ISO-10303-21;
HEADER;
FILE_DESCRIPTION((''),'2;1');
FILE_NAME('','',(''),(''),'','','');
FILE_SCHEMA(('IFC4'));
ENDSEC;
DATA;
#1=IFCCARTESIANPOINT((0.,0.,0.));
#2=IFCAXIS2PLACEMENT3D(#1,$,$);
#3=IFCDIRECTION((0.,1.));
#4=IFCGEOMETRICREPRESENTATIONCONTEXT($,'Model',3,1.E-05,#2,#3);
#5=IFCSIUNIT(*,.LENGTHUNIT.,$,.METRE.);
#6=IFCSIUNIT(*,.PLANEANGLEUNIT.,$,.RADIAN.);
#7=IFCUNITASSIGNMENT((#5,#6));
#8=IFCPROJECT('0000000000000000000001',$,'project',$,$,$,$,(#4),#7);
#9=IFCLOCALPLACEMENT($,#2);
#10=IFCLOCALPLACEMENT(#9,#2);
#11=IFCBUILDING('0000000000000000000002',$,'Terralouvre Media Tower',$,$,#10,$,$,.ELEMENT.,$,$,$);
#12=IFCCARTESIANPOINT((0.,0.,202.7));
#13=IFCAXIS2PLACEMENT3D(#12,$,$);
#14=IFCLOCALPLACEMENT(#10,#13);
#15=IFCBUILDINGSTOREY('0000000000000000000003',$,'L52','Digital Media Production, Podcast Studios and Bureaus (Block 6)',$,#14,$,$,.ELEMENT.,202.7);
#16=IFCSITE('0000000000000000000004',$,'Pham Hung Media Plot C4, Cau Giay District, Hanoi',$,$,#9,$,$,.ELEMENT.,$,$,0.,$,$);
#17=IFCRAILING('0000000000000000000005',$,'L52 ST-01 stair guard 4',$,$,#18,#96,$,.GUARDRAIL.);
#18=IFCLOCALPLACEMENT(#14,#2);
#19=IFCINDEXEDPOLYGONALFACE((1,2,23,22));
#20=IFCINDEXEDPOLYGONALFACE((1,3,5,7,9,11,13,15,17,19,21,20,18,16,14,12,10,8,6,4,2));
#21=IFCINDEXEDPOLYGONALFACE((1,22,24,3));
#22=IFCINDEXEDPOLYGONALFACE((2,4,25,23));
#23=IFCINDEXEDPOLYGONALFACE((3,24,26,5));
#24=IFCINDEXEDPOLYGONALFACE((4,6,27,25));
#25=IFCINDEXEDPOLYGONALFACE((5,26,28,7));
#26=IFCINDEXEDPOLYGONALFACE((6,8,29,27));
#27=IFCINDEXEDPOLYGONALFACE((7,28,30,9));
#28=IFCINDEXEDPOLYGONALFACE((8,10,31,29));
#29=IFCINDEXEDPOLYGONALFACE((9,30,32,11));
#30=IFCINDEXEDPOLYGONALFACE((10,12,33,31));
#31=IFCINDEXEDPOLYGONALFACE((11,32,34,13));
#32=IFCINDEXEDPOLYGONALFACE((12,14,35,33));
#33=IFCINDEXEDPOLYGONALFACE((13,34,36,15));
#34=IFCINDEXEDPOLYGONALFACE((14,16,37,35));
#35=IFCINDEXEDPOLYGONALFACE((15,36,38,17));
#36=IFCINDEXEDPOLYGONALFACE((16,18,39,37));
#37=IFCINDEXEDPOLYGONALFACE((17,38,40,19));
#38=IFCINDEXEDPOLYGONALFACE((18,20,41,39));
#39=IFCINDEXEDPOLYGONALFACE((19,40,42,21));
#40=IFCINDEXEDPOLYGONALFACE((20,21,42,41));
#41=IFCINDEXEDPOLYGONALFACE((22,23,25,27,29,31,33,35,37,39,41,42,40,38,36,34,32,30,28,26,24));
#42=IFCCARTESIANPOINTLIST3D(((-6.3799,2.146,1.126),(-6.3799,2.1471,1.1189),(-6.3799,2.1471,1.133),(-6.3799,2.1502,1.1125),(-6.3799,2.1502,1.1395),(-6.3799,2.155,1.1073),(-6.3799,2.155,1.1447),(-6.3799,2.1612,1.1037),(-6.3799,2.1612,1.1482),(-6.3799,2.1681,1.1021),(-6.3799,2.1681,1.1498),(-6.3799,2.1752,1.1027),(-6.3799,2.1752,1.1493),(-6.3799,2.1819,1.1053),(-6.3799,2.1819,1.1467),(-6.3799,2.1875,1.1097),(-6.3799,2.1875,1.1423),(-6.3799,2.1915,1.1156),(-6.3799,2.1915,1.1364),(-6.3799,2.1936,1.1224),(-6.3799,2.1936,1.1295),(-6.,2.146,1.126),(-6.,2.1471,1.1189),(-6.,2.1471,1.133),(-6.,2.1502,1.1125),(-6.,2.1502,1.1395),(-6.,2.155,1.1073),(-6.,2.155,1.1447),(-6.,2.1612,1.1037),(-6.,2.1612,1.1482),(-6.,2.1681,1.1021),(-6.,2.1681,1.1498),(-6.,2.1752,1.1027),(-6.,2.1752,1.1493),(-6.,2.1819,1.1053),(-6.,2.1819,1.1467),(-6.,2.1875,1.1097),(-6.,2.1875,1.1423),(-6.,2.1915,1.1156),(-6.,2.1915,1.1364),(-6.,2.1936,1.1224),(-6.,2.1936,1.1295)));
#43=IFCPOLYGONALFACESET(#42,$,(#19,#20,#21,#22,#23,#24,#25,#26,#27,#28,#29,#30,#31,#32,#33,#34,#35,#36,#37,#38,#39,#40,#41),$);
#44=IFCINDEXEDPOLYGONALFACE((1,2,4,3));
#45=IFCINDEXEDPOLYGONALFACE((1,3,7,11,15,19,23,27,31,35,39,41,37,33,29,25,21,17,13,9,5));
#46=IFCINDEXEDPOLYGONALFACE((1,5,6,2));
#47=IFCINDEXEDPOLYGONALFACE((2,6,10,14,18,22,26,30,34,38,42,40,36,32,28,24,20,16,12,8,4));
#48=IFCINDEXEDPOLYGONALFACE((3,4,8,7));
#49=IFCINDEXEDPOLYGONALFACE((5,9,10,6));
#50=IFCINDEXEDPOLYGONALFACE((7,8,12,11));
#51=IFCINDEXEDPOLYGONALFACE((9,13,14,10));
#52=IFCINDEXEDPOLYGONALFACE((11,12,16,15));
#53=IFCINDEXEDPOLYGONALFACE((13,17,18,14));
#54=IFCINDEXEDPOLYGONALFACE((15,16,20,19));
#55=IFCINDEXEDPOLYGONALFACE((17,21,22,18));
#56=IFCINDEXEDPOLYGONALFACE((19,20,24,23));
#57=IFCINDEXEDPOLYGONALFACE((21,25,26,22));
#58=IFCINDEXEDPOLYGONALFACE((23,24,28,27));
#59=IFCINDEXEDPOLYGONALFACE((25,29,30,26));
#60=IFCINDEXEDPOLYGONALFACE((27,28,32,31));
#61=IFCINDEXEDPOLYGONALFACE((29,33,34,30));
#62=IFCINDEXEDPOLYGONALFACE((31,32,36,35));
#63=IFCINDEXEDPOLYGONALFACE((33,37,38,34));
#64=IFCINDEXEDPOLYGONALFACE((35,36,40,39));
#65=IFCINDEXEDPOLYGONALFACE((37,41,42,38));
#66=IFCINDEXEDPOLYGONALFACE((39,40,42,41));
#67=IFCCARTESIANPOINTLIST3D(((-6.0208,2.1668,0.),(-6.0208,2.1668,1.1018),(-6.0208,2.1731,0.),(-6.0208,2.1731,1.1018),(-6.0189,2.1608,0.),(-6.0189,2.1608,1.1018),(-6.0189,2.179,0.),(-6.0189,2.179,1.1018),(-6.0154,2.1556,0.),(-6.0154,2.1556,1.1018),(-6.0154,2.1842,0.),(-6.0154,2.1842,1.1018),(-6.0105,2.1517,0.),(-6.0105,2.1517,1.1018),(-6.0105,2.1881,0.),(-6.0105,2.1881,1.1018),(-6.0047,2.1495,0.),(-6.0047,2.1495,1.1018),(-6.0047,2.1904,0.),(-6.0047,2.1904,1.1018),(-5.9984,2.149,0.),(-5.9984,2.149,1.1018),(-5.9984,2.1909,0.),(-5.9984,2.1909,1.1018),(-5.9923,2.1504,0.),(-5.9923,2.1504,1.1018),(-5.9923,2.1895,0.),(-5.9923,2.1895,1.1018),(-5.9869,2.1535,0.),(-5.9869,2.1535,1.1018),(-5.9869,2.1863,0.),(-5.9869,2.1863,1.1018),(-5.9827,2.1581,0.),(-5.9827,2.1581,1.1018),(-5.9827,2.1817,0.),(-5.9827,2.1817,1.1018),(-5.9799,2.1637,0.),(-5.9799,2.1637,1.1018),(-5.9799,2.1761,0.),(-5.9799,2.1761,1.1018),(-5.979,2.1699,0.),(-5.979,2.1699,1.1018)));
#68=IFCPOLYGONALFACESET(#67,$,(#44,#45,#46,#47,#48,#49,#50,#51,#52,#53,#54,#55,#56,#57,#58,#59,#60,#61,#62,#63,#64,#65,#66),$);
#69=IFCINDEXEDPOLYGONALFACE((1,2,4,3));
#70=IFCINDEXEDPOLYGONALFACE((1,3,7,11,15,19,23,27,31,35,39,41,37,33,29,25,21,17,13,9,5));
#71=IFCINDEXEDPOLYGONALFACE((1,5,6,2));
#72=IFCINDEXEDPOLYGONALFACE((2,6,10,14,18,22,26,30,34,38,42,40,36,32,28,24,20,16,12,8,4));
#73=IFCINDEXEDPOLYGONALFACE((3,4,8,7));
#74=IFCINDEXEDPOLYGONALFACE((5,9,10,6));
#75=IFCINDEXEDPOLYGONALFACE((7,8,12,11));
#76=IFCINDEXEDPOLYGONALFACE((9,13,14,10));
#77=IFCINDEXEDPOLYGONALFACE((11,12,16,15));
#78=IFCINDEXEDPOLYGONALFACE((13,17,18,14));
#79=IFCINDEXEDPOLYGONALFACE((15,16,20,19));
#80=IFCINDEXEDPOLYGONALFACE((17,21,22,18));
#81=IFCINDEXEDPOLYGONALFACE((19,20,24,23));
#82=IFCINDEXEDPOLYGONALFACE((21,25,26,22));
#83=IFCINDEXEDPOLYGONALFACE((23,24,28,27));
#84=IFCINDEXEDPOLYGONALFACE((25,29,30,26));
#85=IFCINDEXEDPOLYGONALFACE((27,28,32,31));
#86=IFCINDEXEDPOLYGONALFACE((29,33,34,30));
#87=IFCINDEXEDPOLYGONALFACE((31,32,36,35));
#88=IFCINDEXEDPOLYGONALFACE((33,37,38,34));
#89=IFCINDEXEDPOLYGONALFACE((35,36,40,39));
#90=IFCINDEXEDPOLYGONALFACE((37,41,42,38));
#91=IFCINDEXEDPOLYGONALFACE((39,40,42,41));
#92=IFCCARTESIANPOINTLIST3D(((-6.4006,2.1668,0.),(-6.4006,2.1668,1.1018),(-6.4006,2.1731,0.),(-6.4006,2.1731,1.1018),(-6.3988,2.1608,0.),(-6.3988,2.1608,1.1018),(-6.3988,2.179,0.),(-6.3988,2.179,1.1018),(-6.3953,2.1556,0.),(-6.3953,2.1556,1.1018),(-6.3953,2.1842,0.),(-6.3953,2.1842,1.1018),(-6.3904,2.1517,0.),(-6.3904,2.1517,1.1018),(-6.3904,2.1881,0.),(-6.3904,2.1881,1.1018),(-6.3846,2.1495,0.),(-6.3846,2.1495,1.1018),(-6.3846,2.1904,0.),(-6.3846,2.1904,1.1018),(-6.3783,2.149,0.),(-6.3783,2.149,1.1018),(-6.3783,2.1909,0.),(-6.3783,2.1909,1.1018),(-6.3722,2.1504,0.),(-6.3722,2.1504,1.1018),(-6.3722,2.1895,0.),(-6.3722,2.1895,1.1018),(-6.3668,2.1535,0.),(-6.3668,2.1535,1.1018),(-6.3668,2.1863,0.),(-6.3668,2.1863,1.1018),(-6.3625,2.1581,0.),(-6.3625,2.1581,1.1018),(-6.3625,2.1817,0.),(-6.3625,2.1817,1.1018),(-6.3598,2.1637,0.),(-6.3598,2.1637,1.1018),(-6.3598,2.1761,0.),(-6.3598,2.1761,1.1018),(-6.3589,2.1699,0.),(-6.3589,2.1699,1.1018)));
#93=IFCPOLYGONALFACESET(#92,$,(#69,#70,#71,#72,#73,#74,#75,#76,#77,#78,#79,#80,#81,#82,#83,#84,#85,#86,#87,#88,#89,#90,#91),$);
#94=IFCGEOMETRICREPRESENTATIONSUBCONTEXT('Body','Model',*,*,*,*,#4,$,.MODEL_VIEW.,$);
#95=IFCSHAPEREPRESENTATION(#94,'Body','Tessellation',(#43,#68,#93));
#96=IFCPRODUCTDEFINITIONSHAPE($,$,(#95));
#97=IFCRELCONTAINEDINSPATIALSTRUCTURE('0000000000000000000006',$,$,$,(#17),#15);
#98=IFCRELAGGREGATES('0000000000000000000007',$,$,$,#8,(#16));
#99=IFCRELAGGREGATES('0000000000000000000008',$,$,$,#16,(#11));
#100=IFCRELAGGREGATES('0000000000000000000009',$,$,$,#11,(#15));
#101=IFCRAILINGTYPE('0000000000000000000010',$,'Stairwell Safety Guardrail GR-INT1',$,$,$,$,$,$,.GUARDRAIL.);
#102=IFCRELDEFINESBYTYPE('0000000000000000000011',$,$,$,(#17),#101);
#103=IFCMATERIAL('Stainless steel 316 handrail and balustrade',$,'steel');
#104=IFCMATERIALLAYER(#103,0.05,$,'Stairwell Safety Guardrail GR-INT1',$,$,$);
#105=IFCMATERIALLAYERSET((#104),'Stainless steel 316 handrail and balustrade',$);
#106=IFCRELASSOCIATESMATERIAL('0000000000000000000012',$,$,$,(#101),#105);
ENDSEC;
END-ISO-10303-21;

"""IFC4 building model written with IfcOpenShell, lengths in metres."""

from ifc_helpers import new_model, si_unit, direction, frame, origin, origin_2d, place, context, subcontext, project, spatial, circle, extrude, material, layer, layer_set, type_object, element, save


model = new_model("IFC4")

# Units and contexts
model_context = context("Model", 3, precision=1e-05, world=origin(), true_north=direction((0.0, 1.0)))
body_context = subcontext(model_context, "Body", "Model", "MODEL_VIEW")
ifc_project = project(units=[si_unit("LENGTHUNIT", "METRE"), si_unit("PLANEANGLEUNIT", "RADIAN")], contexts=[model_context])

# Site, building, storey
site_placement = place(None, origin())
site = spatial("IfcSite", under=ifc_project, at=site_placement, Name="Pham Hung Media Plot C4, Cau Giay District, Hanoi", CompositionType="ELEMENT", RefElevation=0.0)
building_placement = place(site_placement, origin())
building = spatial("IfcBuilding", under=site, at=building_placement, Name="Terralouvre Media Tower", CompositionType="ELEMENT")
storey_placement = place(building_placement, frame((0.0, 0.0, 202.7)))
storey = spatial("IfcBuildingStorey", under=building, at=storey_placement, Name="L52", Description="Digital Media Production, Podcast Studios and Bureaus (Block 6)", CompositionType="ELEMENT", Elevation=202.7)

# Railing
ifc_material_1 = material(Name="Stainless steel 316 handrail and balustrade", Category="steel")
ifc_layer_1 = layer(ifc_material_1, 0.05, Name="Stairwell Safety Guardrail GR-INT1")
ifc_layer_set_1 = layer_set([ifc_layer_1], Name="Stainless steel 316 handrail and balustrade")
railing_type_1 = type_object("IfcRailingType", Name="Stairwell Safety Guardrail GR-INT1", PredefinedType="GUARDRAIL", material=ifc_layer_set_1)
railing_1_placement = place(storey_placement, frame((-6.0, 2.1699, 0.0)))
element("IfcRailing", 1, at=railing_1_placement, inside=storey, type_object=railing_type_1, Name="L52 ST-01 stair guard 4", PredefinedType="GUARDRAIL", context=body_context, shape_type="SweptSolid", body=[
    extrude(circle(Radius=0.0239, at=origin_2d()), frame((0.0, 0.0, 1.126), z_axis=(-1.0, 0.0, 0.0), x_axis=(0.0, -1.0, 0.0)), (0.0, 0.0, 1.0), 0.3799),
    extrude(circle(Radius=0.021, at=origin_2d()), origin(), (0.0, 0.0, 1.0), 1.1018),
    extrude(circle(Radius=0.021, at=origin_2d()), frame((-0.3799, 0.0, 0.0)), (0.0, 0.0, 1.0), 1.1018),
])

save(model, "model.ifc")
